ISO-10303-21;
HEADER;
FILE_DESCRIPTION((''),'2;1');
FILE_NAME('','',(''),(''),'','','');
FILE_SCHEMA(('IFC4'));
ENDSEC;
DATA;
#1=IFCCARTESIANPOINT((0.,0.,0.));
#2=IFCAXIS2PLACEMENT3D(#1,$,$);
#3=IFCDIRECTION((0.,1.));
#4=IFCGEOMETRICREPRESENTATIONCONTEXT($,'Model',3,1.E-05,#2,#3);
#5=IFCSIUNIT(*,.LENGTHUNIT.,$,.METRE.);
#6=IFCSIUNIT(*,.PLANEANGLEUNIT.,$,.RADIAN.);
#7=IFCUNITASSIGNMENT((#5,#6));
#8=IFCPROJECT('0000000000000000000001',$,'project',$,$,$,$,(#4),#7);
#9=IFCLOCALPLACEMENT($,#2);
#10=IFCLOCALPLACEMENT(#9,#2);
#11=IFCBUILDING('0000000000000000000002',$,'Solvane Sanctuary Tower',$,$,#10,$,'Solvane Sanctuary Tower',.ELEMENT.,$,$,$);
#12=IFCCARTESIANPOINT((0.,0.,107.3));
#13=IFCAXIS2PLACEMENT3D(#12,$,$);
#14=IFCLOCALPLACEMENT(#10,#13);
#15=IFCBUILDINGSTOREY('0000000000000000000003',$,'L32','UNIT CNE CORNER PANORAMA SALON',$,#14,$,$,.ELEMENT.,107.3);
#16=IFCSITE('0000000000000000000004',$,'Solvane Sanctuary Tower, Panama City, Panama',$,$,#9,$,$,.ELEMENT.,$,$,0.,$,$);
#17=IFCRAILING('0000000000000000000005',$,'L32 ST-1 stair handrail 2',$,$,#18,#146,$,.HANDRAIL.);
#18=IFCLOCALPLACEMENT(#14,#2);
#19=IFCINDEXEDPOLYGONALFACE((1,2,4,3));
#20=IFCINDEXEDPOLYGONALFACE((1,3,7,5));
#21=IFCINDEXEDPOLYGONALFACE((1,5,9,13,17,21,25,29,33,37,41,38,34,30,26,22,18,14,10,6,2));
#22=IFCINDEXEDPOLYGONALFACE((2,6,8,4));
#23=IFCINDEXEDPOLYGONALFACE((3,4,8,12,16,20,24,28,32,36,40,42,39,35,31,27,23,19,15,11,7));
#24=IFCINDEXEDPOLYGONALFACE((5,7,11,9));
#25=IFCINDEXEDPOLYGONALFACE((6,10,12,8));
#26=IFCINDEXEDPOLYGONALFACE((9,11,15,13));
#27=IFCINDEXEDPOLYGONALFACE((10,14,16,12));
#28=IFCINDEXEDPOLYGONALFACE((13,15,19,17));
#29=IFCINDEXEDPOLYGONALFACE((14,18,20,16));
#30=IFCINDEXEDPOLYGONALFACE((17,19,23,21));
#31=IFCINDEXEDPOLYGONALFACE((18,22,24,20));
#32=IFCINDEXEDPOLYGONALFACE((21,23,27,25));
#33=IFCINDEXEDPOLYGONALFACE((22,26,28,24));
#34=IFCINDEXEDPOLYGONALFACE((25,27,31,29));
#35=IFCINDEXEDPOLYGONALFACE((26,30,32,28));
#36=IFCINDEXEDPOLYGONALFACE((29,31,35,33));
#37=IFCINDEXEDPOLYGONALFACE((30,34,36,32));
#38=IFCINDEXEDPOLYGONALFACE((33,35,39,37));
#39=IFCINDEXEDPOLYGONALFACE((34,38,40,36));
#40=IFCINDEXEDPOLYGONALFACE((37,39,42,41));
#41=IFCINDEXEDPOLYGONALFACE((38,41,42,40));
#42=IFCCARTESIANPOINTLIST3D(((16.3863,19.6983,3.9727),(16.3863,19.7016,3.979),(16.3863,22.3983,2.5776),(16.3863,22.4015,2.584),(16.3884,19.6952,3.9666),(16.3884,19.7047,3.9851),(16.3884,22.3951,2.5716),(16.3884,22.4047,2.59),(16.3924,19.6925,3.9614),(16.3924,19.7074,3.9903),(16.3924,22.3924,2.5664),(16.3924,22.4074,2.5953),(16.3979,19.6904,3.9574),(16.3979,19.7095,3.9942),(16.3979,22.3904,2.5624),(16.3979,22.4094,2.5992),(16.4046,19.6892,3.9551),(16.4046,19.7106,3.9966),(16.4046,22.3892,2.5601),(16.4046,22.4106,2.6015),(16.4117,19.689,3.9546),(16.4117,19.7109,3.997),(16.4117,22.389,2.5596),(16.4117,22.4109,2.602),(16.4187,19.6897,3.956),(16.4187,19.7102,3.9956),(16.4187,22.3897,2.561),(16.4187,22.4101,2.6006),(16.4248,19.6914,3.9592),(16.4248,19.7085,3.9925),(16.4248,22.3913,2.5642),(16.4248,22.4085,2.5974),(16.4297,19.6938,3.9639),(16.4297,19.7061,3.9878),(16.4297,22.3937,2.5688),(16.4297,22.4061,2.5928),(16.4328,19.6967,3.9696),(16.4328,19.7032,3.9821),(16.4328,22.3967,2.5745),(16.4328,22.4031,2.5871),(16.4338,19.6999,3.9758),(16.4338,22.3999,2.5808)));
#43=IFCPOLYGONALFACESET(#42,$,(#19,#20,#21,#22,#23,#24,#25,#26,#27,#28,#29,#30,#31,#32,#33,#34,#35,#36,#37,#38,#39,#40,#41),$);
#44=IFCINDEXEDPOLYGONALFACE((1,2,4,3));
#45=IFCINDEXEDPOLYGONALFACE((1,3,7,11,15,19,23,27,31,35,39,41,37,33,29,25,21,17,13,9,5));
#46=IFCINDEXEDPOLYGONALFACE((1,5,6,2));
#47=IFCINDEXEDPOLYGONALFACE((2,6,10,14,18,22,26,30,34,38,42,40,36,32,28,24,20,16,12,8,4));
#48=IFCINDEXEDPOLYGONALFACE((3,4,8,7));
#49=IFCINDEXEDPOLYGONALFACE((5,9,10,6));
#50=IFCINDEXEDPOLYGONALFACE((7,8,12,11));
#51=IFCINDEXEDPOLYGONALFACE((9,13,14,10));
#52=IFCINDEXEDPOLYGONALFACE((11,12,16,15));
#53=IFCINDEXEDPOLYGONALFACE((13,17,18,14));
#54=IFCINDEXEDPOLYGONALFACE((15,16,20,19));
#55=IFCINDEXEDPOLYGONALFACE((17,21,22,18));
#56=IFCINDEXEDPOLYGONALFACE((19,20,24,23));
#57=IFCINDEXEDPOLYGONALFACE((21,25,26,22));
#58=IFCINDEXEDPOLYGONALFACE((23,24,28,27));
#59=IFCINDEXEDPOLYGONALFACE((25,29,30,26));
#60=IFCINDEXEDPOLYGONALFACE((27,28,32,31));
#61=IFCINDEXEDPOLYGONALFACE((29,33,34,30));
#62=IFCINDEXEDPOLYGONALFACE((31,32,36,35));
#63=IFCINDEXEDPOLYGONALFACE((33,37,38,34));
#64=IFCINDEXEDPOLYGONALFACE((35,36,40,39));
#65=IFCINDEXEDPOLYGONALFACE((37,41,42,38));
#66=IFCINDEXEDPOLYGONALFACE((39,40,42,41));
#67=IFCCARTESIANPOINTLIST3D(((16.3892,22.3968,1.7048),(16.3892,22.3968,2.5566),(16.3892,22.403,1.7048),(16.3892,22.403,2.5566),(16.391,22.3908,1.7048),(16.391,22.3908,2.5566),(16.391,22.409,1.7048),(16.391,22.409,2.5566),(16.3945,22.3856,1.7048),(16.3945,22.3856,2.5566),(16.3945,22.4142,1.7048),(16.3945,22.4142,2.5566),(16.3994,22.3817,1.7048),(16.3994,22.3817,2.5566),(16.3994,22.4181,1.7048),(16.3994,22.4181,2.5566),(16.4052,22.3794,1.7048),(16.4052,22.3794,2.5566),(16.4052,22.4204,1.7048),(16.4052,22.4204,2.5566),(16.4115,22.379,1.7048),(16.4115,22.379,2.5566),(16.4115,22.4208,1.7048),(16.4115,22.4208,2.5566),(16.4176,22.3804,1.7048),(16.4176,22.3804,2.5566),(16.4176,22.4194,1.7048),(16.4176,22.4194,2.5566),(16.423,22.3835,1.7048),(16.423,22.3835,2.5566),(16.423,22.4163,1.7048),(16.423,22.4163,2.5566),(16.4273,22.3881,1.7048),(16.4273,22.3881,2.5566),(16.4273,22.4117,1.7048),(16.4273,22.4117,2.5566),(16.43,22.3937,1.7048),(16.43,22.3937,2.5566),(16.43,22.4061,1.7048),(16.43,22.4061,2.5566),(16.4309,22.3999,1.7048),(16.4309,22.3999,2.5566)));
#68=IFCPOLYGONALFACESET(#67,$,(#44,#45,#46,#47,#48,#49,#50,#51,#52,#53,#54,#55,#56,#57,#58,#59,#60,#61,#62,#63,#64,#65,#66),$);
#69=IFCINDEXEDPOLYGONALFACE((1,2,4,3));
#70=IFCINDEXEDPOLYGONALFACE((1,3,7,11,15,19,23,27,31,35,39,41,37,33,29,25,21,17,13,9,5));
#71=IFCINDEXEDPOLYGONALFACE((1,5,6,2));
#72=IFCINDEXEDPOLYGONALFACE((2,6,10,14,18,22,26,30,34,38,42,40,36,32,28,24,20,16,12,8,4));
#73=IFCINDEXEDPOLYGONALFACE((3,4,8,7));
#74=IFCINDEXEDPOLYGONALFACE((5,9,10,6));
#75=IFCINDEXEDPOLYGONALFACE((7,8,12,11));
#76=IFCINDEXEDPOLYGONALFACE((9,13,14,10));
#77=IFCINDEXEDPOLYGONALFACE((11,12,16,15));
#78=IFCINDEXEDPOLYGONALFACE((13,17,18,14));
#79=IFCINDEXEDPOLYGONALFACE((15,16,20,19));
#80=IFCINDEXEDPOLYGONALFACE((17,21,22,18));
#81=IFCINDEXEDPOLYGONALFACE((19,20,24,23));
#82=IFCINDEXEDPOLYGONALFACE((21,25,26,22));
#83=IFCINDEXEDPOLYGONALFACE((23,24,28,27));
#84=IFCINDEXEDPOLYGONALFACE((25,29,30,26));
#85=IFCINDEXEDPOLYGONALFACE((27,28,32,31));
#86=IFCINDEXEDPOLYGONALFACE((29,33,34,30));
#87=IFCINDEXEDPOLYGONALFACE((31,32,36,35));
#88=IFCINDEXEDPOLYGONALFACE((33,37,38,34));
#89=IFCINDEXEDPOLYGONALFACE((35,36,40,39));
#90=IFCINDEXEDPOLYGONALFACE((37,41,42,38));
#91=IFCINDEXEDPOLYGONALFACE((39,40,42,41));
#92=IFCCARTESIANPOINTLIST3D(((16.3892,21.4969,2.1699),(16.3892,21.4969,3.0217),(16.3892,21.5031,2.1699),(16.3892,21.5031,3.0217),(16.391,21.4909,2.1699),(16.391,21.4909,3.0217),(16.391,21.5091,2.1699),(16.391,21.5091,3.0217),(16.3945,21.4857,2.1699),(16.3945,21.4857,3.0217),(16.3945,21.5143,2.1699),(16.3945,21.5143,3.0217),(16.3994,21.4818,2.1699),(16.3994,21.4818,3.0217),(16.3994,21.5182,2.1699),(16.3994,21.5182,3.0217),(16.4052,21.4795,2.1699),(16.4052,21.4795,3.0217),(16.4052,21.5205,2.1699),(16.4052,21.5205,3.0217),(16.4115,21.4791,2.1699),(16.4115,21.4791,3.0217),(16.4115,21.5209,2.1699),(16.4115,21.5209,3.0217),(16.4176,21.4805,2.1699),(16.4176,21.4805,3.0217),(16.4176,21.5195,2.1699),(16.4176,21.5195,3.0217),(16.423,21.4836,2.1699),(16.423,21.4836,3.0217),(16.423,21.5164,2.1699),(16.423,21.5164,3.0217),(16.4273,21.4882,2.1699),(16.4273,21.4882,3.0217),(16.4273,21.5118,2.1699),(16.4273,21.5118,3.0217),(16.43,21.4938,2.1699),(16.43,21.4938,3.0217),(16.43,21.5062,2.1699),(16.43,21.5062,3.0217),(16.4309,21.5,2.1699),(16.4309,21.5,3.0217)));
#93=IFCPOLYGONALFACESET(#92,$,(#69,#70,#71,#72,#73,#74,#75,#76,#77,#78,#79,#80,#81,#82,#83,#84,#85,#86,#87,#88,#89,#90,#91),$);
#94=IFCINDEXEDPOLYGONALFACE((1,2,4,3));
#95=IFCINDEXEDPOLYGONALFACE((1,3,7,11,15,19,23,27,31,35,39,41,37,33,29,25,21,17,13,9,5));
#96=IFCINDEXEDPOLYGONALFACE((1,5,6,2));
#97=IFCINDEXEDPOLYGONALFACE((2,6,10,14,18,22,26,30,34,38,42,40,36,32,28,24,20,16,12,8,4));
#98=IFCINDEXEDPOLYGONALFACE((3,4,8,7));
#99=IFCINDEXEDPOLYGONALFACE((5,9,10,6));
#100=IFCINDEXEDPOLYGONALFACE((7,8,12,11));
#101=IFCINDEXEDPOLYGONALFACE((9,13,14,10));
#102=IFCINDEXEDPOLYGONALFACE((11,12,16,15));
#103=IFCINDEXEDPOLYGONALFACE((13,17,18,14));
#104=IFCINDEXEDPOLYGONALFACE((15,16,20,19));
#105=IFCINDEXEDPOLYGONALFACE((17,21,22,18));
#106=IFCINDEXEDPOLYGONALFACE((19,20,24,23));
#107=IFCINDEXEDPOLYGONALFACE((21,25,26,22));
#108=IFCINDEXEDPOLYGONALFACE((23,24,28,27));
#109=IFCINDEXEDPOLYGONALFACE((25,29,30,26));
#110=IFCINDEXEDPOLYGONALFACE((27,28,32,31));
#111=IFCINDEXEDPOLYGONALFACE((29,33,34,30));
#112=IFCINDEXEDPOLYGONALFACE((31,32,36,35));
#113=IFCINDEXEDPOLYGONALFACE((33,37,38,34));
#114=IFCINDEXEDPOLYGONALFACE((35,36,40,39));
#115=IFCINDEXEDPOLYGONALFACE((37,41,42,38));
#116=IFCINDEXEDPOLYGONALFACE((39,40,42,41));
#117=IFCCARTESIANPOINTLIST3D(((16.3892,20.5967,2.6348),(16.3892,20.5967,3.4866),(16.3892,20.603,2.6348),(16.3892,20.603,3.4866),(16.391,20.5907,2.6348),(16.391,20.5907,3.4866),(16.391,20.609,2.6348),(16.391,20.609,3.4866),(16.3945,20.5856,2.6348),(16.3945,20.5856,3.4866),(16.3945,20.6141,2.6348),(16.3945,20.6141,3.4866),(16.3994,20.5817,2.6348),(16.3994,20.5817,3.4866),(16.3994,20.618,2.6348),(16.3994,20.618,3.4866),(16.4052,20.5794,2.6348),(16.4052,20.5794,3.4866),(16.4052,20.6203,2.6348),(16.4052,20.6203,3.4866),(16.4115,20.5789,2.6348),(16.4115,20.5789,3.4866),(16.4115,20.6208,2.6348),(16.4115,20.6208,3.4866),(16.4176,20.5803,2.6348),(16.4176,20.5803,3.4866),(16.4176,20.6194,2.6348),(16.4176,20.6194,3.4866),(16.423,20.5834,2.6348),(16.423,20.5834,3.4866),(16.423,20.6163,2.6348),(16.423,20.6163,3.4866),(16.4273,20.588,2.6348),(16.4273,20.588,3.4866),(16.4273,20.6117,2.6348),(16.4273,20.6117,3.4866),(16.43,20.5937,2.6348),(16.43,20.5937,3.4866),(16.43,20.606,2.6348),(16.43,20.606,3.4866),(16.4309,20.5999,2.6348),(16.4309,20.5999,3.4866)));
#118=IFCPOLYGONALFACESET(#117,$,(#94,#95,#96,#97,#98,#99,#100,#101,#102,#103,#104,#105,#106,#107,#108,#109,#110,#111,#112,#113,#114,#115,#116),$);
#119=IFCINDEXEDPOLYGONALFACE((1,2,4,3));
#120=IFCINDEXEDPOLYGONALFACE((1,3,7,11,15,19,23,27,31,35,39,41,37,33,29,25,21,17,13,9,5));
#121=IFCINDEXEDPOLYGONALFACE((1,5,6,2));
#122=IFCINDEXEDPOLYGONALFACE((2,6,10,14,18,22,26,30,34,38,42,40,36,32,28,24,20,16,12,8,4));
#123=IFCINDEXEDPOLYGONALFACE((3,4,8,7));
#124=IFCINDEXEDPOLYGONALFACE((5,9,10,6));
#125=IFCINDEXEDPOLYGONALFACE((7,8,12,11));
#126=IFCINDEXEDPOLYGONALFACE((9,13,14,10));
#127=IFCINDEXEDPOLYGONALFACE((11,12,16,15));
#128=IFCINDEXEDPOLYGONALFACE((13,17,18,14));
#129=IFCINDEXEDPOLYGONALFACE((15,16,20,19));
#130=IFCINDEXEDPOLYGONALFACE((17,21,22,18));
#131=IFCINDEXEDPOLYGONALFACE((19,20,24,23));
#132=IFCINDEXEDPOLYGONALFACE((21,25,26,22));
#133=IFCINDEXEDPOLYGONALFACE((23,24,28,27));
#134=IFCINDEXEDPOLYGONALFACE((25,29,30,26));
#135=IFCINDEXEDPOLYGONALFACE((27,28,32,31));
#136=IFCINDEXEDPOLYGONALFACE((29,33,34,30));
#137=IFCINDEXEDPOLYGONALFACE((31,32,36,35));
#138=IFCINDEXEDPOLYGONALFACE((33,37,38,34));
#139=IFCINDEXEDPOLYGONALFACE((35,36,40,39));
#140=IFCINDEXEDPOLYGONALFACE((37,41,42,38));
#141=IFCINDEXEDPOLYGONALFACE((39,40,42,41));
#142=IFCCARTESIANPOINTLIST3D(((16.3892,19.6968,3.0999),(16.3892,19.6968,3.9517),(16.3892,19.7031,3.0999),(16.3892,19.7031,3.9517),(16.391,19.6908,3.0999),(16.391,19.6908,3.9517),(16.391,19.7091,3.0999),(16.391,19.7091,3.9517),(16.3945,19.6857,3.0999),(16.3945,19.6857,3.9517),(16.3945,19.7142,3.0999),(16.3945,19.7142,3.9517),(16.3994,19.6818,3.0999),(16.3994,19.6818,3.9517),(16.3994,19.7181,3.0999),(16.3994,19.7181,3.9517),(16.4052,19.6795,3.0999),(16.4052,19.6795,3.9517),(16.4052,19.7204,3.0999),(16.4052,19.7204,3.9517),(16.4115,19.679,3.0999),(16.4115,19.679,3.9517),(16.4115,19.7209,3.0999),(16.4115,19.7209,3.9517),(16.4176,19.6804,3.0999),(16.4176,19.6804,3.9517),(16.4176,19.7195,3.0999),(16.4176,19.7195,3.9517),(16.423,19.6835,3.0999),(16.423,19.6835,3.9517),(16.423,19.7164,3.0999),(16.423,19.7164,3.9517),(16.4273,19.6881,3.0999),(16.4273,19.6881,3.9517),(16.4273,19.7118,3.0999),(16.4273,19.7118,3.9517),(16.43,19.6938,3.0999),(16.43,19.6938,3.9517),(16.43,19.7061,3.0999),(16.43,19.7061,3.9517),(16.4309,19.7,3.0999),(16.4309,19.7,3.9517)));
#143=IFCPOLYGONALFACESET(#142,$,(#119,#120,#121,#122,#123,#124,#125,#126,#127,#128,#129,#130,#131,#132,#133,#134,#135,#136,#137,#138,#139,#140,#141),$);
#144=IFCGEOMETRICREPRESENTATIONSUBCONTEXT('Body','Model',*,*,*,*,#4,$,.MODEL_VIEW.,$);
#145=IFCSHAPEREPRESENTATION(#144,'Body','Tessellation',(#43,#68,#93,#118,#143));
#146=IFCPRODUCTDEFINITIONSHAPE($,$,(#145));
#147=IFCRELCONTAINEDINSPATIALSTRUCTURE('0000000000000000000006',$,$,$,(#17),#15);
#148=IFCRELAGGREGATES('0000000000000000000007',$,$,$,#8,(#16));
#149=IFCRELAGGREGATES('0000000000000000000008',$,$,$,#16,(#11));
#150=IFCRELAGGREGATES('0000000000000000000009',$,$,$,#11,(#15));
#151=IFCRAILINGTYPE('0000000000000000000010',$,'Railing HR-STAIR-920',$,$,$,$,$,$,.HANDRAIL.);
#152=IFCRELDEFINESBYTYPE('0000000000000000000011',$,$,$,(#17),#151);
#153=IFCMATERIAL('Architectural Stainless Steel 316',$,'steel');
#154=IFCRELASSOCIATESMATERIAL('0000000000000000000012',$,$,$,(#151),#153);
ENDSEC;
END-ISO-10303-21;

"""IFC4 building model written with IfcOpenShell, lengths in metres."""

from ifc_helpers import new_model, si_unit, direction, frame, origin, origin_2d, place, context, subcontext, project, spatial, circle, extrude, material, type_object, element, save


model = new_model("IFC4")

# Units and contexts
model_context = context("Model", 3, precision=1e-05, world=origin(), true_north=direction((0.0, 1.0)))
body_context = subcontext(model_context, "Body", "Model", "MODEL_VIEW")
ifc_project = project(units=[si_unit("LENGTHUNIT", "METRE"), si_unit("PLANEANGLEUNIT", "RADIAN")], contexts=[model_context])

# Site, building, storey
site_placement = place(None, origin())
site = spatial("IfcSite", under=ifc_project, at=site_placement, Name="Solvane Sanctuary Tower, Panama City, Panama", CompositionType="ELEMENT", RefElevation=0.0)
building_placement = place(site_placement, origin())
building = spatial("IfcBuilding", under=site, at=building_placement, Name="Solvane Sanctuary Tower", LongName="Solvane Sanctuary Tower", CompositionType="ELEMENT")
storey_placement = place(building_placement, frame((0.0, 0.0, 107.3)))
storey = spatial("IfcBuildingStorey", under=building, at=storey_placement, Name="L32", Description="UNIT CNE CORNER PANORAMA SALON", CompositionType="ELEMENT", Elevation=107.3)

# Railing
ifc_material_1 = material(Name="Architectural Stainless Steel 316", Category="steel")
railing_type_1 = type_object("IfcRailingType", Name="Railing HR-STAIR-920", PredefinedType="HANDRAIL", material=ifc_material_1)
railing_1_placement = place(storey_placement, frame((16.4099, 22.3999, 1.7048)))
element("IfcRailing", 1, at=railing_1_placement, inside=storey, type_object=railing_type_1, Name="L32 ST-1 stair handrail 2", PredefinedType="HANDRAIL", context=body_context, shape_type="SweptSolid", body=[
    extrude(circle(Radius=0.0239, at=origin_2d()), frame((0.0, 0.0, 0.876), z_axis=(0.0, -0.88842, 0.459032), x_axis=(1.0, 0.0, 0.0)), (0.0, 0.0, 1.0), 3.0391),
    extrude(circle(Radius=0.021, at=origin_2d()), origin(), (0.0, 0.0, 1.0), 0.8518),
    extrude(circle(Radius=0.021, at=origin_2d()), frame((0.0, -0.8999, 0.4651)), (0.0, 0.0, 1.0), 0.8518),
    extrude(circle(Radius=0.021, at=origin_2d()), frame((0.0, -1.8, 0.9299)), (0.0, 0.0, 1.0), 0.8518),
    extrude(circle(Radius=0.021, at=origin_2d()), frame((0.0, -2.7, 1.395)), (0.0, 0.0, 1.0), 0.8518),
])

save(model, "model.ifc")
